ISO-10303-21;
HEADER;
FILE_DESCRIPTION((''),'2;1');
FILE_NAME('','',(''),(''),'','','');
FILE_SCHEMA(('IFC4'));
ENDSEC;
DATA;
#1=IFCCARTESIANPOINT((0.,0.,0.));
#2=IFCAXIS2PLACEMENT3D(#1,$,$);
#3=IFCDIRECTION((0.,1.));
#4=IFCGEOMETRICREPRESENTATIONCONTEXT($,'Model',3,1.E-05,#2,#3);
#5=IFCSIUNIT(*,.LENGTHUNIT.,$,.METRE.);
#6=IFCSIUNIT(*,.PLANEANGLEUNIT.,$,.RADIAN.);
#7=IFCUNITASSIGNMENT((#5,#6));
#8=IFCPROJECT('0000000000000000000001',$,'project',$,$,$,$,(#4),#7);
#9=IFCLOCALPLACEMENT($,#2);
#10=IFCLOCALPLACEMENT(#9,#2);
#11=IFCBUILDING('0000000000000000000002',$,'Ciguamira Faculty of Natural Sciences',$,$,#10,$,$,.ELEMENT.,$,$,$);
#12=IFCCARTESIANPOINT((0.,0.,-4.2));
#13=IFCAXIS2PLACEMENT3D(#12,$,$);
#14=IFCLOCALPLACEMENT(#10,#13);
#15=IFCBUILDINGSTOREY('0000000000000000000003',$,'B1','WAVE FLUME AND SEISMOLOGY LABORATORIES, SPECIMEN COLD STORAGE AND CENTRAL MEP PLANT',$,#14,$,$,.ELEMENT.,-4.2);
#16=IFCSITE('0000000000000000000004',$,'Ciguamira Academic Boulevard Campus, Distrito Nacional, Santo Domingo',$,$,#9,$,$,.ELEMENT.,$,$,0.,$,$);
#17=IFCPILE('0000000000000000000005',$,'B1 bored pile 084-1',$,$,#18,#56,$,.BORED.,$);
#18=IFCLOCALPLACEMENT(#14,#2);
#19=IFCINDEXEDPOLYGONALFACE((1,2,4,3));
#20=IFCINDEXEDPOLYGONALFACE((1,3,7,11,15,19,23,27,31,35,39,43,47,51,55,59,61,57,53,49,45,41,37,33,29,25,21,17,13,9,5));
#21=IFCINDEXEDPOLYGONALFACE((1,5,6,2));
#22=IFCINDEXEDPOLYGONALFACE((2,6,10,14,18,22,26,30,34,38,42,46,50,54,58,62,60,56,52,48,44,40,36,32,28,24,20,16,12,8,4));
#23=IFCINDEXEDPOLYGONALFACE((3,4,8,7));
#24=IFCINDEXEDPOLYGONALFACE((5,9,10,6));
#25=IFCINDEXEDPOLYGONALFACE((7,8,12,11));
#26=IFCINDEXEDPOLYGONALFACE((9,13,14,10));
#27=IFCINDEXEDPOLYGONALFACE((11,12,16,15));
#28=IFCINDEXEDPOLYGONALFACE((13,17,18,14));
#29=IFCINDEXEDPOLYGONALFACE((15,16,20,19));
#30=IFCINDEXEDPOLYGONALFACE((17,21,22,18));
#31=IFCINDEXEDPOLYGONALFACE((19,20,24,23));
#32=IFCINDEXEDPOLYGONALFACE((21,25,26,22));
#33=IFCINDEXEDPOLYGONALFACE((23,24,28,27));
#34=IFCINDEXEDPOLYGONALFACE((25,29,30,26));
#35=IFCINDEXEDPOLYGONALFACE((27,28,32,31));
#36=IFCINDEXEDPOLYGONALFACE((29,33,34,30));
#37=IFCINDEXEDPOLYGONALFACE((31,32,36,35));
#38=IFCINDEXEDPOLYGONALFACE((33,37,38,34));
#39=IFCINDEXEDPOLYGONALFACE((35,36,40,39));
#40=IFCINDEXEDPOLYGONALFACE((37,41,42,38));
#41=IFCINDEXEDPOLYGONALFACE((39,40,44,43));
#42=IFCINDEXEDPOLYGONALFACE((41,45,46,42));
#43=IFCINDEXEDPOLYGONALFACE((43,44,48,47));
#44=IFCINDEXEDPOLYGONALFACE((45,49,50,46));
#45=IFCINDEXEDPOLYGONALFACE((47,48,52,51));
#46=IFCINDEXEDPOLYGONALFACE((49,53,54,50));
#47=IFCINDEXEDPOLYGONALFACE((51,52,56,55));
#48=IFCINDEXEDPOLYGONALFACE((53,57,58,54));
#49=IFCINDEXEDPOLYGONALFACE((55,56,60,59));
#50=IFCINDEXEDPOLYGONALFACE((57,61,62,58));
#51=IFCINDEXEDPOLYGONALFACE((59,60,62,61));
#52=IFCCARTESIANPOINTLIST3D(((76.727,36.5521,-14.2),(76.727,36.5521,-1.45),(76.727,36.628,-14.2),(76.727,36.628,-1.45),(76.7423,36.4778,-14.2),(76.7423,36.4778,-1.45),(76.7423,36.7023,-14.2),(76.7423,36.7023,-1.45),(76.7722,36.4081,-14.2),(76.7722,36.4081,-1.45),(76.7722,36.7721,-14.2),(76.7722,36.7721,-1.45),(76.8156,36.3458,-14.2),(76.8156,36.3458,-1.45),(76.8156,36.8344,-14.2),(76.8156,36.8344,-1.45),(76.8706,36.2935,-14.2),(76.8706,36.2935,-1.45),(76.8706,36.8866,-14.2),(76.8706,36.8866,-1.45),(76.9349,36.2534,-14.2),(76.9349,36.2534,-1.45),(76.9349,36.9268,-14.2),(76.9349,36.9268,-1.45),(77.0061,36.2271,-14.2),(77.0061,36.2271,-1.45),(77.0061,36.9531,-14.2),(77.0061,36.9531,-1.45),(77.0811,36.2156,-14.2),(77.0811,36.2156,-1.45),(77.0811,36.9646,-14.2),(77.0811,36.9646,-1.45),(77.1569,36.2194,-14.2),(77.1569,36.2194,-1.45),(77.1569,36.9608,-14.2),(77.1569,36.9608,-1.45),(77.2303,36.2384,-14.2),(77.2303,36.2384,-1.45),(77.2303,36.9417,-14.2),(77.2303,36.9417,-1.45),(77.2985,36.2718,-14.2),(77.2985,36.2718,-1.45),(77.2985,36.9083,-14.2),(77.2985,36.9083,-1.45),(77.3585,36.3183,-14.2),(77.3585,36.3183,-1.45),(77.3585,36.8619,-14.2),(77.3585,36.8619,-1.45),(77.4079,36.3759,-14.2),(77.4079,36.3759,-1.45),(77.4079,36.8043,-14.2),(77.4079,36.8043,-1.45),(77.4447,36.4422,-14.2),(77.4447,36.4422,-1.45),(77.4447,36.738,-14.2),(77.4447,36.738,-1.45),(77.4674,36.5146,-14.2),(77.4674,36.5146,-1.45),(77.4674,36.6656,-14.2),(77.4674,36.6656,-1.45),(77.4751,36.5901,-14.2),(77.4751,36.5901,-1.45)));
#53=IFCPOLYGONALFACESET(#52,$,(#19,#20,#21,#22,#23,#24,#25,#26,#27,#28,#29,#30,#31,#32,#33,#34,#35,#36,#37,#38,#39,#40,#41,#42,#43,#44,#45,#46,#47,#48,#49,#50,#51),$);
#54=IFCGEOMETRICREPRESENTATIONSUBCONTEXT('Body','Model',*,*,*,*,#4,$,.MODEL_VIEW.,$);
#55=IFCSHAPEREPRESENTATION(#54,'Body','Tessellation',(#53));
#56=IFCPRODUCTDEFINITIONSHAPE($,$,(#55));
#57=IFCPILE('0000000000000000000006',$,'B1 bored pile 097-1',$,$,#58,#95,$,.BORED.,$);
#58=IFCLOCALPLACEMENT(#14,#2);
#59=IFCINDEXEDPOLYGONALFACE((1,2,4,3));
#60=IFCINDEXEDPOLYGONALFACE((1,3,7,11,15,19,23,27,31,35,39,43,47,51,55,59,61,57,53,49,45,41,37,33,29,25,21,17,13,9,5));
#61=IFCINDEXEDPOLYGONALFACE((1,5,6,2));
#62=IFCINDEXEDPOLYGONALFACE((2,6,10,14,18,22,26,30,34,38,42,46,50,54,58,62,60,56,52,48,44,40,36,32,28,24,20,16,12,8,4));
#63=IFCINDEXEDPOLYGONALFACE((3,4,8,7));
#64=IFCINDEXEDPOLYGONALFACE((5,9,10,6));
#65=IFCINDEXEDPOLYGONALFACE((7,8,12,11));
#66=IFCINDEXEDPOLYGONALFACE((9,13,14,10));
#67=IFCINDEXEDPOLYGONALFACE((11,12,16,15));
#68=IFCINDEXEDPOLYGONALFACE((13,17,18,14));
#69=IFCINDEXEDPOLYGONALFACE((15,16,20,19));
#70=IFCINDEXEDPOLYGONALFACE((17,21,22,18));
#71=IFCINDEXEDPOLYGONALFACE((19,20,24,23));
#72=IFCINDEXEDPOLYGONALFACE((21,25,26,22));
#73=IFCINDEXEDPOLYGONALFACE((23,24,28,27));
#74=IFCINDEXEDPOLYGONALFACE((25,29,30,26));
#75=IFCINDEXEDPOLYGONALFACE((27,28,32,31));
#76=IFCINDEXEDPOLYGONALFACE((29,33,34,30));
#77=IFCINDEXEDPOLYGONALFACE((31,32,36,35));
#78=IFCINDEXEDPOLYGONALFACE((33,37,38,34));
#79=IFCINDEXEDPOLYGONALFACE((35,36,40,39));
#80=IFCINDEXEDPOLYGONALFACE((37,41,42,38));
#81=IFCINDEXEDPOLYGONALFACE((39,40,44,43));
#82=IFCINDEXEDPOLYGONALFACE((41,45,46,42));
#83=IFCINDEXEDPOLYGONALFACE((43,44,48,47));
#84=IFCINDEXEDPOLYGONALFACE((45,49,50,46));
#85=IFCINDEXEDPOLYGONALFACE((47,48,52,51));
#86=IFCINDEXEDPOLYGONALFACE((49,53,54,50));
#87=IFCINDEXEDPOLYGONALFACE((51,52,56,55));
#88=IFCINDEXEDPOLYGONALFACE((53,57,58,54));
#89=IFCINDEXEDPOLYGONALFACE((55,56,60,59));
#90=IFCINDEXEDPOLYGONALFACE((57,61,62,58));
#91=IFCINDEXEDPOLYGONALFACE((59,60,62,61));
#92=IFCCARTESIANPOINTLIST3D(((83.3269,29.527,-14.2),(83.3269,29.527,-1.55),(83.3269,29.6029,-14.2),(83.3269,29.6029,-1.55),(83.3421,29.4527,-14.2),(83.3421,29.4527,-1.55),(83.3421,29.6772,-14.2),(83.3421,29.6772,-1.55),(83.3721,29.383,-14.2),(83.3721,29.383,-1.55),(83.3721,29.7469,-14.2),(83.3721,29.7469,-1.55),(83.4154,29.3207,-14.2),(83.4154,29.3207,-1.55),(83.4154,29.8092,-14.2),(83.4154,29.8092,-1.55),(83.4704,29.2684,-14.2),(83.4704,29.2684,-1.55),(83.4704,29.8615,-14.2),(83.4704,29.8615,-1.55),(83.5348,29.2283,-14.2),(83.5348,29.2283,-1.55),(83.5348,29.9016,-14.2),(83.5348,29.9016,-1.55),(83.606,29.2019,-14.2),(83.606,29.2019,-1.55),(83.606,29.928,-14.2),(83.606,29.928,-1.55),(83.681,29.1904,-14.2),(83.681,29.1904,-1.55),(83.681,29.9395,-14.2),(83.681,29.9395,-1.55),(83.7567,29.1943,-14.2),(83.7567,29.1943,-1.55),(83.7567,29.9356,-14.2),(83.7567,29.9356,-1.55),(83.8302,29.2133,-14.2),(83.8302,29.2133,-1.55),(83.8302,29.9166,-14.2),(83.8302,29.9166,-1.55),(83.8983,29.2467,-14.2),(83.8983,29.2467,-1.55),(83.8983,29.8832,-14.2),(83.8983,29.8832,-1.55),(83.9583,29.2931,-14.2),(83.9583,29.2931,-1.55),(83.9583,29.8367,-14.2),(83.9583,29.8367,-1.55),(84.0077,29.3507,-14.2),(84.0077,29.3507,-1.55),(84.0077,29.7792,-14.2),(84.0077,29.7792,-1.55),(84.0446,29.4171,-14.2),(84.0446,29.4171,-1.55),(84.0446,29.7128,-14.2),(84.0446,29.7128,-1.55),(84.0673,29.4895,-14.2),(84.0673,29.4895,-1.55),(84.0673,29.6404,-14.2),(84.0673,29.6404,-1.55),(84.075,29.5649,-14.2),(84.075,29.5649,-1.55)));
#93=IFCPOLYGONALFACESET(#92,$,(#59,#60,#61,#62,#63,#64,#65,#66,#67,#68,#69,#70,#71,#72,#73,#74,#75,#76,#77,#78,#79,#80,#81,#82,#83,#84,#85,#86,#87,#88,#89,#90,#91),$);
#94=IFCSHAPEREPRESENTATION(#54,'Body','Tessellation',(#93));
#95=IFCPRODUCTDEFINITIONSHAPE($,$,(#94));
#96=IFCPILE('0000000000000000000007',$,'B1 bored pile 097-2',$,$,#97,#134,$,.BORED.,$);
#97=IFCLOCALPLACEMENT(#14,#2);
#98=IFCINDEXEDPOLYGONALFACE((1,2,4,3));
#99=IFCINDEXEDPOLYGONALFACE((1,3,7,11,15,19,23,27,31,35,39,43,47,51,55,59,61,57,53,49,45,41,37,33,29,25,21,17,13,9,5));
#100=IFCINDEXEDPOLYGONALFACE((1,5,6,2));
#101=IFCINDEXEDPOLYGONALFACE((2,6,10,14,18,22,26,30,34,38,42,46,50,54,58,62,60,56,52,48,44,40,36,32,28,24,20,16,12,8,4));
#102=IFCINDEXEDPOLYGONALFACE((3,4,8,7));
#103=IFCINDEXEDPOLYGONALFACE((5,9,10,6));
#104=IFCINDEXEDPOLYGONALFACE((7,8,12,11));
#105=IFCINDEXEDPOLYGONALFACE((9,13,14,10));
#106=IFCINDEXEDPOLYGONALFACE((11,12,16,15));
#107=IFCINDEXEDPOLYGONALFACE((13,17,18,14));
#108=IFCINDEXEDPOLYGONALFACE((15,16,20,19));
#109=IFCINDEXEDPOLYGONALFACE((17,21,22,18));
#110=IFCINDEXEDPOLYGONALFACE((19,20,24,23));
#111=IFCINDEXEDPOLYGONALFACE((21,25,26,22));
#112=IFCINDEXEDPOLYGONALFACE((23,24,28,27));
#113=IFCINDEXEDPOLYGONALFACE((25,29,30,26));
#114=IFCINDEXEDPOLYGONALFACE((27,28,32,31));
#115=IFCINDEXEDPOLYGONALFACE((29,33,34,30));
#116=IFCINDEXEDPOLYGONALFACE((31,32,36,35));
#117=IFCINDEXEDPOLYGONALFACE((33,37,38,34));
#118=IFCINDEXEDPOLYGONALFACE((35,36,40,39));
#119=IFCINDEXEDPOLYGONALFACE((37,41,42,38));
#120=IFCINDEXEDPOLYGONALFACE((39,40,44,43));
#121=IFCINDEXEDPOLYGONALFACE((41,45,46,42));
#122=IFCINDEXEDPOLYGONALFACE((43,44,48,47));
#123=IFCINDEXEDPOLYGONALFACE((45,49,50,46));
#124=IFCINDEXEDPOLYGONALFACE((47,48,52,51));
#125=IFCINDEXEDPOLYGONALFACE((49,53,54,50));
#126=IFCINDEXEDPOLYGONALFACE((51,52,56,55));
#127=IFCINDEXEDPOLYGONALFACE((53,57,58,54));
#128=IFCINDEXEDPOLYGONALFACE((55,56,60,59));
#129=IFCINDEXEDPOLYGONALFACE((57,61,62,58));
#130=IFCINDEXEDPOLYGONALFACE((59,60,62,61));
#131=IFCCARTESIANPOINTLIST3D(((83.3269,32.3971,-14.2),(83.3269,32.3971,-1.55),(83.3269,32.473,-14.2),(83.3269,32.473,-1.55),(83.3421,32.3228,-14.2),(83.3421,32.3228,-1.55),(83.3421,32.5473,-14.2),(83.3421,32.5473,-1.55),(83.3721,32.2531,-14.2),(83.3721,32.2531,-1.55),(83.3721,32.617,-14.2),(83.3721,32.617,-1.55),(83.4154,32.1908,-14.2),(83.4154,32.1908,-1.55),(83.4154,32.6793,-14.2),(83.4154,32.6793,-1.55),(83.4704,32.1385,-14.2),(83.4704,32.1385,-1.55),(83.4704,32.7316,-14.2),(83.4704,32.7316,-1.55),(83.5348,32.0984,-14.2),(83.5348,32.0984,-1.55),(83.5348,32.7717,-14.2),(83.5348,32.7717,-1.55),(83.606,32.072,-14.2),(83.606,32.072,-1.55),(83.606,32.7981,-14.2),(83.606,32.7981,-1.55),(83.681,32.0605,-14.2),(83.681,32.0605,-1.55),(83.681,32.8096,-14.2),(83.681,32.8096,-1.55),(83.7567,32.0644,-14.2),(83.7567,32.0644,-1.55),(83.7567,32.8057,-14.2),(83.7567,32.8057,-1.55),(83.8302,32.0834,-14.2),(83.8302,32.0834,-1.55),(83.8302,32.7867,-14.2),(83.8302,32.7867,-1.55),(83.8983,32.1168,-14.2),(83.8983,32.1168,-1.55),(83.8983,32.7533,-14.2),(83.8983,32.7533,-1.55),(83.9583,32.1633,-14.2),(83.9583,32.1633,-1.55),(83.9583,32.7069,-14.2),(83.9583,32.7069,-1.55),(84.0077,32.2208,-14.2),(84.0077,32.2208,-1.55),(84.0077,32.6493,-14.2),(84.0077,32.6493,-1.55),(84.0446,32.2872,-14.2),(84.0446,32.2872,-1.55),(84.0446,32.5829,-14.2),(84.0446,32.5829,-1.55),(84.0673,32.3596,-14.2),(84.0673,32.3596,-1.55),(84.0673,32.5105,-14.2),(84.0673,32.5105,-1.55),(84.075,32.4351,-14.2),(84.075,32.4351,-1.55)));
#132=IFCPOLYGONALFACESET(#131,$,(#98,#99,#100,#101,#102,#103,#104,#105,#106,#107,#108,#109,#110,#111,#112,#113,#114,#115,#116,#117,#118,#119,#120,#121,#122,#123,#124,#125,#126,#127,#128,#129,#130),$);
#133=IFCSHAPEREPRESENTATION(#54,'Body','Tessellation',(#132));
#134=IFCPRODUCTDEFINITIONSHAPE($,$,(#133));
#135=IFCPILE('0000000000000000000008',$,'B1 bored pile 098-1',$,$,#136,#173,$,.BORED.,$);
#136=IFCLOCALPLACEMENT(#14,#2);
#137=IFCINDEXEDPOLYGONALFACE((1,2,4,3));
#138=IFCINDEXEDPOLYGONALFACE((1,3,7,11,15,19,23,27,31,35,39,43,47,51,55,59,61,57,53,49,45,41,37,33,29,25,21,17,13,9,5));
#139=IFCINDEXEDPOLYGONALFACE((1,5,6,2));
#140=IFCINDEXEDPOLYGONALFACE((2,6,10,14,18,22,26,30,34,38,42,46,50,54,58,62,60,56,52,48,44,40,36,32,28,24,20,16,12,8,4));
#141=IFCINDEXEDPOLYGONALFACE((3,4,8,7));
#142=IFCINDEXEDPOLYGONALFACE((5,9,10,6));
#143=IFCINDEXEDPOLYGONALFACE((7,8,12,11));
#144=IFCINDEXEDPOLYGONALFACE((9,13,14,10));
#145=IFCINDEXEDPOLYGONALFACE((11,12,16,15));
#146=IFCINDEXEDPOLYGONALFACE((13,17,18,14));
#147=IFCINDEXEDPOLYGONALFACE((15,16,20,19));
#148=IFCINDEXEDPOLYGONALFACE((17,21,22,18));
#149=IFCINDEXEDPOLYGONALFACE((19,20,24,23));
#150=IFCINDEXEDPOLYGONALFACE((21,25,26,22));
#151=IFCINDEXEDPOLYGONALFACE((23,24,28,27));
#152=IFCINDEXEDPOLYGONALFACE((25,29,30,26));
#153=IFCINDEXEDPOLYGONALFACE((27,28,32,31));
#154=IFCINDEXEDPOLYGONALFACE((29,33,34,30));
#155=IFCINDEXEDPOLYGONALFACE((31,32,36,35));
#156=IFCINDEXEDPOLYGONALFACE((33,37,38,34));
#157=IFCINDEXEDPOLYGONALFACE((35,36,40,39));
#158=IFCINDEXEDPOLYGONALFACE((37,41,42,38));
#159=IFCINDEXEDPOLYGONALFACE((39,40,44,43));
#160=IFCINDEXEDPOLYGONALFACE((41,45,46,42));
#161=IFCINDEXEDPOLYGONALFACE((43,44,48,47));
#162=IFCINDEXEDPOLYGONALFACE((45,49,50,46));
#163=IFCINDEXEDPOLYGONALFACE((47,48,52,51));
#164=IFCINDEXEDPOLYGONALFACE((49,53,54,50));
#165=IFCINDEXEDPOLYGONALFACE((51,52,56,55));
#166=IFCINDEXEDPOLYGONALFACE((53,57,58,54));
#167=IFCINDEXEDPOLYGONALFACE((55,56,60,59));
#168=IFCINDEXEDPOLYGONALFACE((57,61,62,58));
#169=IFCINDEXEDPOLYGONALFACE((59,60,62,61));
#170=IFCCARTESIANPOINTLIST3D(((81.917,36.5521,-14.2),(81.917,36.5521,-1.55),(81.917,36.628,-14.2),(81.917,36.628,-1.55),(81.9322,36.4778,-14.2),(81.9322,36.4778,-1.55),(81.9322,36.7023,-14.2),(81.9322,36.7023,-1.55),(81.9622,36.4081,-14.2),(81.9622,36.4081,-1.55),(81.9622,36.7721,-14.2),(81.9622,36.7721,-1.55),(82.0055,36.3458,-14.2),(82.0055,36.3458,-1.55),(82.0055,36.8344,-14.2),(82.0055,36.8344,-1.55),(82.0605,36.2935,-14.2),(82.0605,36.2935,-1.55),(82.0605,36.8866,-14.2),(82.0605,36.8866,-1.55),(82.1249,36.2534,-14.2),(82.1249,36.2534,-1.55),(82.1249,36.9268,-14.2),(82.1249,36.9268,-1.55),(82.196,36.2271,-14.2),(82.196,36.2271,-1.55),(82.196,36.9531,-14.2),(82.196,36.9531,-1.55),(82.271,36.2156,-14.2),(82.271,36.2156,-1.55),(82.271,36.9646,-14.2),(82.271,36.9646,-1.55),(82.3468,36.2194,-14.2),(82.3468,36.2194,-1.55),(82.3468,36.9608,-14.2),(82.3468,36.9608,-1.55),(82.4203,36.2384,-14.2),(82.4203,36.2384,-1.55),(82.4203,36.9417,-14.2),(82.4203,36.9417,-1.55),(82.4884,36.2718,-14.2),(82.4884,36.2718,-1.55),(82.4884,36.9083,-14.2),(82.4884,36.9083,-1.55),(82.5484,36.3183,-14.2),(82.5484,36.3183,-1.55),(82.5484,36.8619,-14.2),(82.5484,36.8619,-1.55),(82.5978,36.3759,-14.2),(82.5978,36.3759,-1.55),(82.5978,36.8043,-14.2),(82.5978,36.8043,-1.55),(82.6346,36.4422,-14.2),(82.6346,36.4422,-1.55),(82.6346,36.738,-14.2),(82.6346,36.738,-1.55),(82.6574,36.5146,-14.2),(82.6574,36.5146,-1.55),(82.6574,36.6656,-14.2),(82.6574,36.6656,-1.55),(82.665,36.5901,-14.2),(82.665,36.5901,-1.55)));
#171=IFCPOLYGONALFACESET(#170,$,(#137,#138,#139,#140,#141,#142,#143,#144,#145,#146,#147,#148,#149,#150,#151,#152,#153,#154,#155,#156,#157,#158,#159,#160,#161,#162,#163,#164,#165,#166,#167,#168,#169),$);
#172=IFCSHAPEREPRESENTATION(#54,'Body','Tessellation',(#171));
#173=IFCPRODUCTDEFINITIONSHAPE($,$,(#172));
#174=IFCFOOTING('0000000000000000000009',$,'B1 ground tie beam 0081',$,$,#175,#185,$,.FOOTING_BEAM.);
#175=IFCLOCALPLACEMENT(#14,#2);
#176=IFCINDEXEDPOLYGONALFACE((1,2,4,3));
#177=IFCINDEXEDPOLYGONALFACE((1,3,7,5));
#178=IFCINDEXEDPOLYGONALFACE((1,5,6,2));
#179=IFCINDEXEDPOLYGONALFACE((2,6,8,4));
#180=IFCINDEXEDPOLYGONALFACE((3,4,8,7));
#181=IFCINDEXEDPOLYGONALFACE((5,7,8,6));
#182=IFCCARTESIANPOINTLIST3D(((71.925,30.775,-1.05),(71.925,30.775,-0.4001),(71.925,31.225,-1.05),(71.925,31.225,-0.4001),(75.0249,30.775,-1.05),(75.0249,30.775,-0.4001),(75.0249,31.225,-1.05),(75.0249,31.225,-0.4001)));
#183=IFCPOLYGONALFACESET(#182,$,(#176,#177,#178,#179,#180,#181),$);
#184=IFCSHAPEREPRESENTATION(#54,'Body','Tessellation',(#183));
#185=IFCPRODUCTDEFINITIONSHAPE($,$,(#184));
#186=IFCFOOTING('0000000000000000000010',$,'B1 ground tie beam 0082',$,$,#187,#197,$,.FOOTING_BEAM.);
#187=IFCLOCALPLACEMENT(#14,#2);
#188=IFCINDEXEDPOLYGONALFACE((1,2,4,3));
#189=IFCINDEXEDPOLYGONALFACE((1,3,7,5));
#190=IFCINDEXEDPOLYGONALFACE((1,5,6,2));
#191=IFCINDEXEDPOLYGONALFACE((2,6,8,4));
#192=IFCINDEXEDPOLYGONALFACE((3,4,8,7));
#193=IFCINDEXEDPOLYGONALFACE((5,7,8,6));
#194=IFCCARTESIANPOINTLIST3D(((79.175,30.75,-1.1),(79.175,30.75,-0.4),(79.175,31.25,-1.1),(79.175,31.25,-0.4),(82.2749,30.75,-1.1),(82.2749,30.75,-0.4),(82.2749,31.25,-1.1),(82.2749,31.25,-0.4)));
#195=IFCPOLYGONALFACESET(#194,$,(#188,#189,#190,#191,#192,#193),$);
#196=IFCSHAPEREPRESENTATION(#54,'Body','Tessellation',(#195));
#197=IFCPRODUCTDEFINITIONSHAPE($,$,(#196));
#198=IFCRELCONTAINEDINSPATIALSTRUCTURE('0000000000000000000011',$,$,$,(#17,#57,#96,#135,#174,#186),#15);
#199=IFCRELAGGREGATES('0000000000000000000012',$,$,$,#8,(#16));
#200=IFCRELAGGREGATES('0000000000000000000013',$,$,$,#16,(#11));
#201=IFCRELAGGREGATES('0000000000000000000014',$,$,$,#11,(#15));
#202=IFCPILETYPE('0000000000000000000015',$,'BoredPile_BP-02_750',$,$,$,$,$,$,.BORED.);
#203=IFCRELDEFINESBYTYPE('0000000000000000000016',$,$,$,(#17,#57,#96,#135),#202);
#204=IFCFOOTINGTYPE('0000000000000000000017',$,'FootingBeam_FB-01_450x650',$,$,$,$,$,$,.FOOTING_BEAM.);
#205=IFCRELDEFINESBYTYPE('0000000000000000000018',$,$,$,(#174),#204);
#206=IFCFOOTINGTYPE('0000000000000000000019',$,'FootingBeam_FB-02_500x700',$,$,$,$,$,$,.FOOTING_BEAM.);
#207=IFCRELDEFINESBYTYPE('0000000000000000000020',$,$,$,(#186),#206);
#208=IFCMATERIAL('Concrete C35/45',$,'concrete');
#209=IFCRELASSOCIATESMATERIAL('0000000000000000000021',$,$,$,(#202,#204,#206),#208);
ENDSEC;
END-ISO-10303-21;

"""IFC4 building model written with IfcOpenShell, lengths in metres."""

from ifc_helpers import new_model, si_unit, direction, frame, origin, origin_2d, place, context, subcontext, project, spatial, rectangle, circle, extrude, material, material_profile, profile_set, type_object, element, save


model = new_model("IFC4")

# Units and contexts
model_context = context("Model", 3, precision=1e-05, world=origin(), true_north=direction((0.0, 1.0)))
body_context = subcontext(model_context, "Body", "Model", "MODEL_VIEW")
ifc_project = project(units=[si_unit("LENGTHUNIT", "METRE"), si_unit("PLANEANGLEUNIT", "RADIAN")], contexts=[model_context])

# Site, building, storey
site_placement = place(None, origin())
site = spatial("IfcSite", under=ifc_project, at=site_placement, Name="Ciguamira Academic Boulevard Campus, Distrito Nacional, Santo Domingo", CompositionType="ELEMENT", RefElevation=0.0)
building_placement = place(site_placement, origin())
building = spatial("IfcBuilding", under=site, at=building_placement, Name="Ciguamira Faculty of Natural Sciences", CompositionType="ELEMENT")
storey_placement = place(building_placement, frame((0.0, 0.0, -4.2)))
storey = spatial("IfcBuildingStorey", under=building, at=storey_placement, Name="B1", Description="WAVE FLUME AND SEISMOLOGY LABORATORIES, SPECIMEN COLD STORAGE AND CENTRAL MEP PLANT", CompositionType="ELEMENT", Elevation=-4.2)

# Piles
ifc_material_1 = material(Name="Concrete C35/45", Category="concrete")
ifc_material_profile_1 = material_profile(ifc_material_1, circle(Radius=0.375, at=origin_2d()), Name="PILE-BORED-750")
ifc_profile_set_1 = profile_set([ifc_material_profile_1], Name="Concrete C35/45")
pile_type = type_object("IfcPileType", Name="BoredPile_BP-02_750", PredefinedType="BORED", material=ifc_profile_set_1)
pile_1_placement = place(storey_placement, frame((77.1001, 36.5901, -1.45), z_axis=(0.0, 0.0, -1.0), x_axis=(1.0, 0.0, 0.0)))
element("IfcPile", 1, at=pile_1_placement, inside=storey, type_object=pile_type, Name="B1 bored pile 084-1", PredefinedType="BORED", context=body_context, shape_type="SweptSolid", body=[
    extrude(circle(Radius=0.375, at=origin_2d()), origin(), (0.0, 0.0, 1.0), 12.75),
])
for number, where, z_axis, x_axis, name in (
    (2, (83.7, 29.5649, -1.55), (0.0, 0.0, -1.0), (1.0, 0.0, 0.0), "B1 bored pile 097-1"),
    (3, (83.7, 32.4351, -1.55), (0.0, 0.0, -1.0), (1.0, 0.0, 0.0), "B1 bored pile 097-2"),
    (4, (82.29, 36.5901, -1.55), (0.0, 0.0, -1.0), (1.0, 0.0, 0.0), "B1 bored pile 098-1"),
):
    element("IfcPile", number, at=place(storey_placement, frame(where, z_axis=z_axis, x_axis=x_axis)), inside=storey, type_object=pile_type, Name=name, PredefinedType="BORED", context=body_context, shape_type="SweptSolid", body=[
        extrude(circle(Radius=0.375, at=origin_2d()), origin(), (0.0, 0.0, 1.0), 12.6499),
    ])

# Footings
ifc_material_profile_2 = material_profile(ifc_material_1, rectangle(XDim=0.45, YDim=0.6499, at=origin_2d()), Name="RC-FB-450X650")
ifc_profile_set_2 = profile_set([ifc_material_profile_2], Name="Concrete C35/45")
footing_type_1 = type_object("IfcFootingType", Name="FootingBeam_FB-01_450x650", PredefinedType="FOOTING_BEAM", material=ifc_profile_set_2)
footing_1_placement = place(storey_placement, frame((71.925, 31.0, -0.7251), z_axis=(1.0, 0.0, 0.0), x_axis=(0.0, 1.0, 0.0)))
element("IfcFooting", 5, at=footing_1_placement, inside=storey, type_object=footing_type_1, Name="B1 ground tie beam 0081", PredefinedType="FOOTING_BEAM", context=body_context, shape_type="SweptSolid", body=[
    extrude(rectangle(XDim=0.45, YDim=0.6499, at=origin_2d()), origin(), (0.0, 0.0, 1.0), 3.0999),
])
ifc_material_profile_3 = material_profile(ifc_material_1, rectangle(XDim=0.5, YDim=0.7, at=origin_2d()), Name="RC-FB-500X700")
ifc_profile_set_3 = profile_set([ifc_material_profile_3], Name="Concrete C35/45")
footing_type_2 = type_object("IfcFootingType", Name="FootingBeam_FB-02_500x700", PredefinedType="FOOTING_BEAM", material=ifc_profile_set_3)
footing_2_placement = place(storey_placement, frame((79.175, 31.0, -0.75), z_axis=(1.0, 0.0, 0.0), x_axis=(0.0, 1.0, 0.0)))
element("IfcFooting", 6, at=footing_2_placement, inside=storey, type_object=footing_type_2, Name="B1 ground tie beam 0082", PredefinedType="FOOTING_BEAM", context=body_context, shape_type="SweptSolid", body=[
    extrude(rectangle(XDim=0.5, YDim=0.7, at=origin_2d()), origin(), (0.0, 0.0, 1.0), 3.0999),
])

save(model, "model.ifc")
